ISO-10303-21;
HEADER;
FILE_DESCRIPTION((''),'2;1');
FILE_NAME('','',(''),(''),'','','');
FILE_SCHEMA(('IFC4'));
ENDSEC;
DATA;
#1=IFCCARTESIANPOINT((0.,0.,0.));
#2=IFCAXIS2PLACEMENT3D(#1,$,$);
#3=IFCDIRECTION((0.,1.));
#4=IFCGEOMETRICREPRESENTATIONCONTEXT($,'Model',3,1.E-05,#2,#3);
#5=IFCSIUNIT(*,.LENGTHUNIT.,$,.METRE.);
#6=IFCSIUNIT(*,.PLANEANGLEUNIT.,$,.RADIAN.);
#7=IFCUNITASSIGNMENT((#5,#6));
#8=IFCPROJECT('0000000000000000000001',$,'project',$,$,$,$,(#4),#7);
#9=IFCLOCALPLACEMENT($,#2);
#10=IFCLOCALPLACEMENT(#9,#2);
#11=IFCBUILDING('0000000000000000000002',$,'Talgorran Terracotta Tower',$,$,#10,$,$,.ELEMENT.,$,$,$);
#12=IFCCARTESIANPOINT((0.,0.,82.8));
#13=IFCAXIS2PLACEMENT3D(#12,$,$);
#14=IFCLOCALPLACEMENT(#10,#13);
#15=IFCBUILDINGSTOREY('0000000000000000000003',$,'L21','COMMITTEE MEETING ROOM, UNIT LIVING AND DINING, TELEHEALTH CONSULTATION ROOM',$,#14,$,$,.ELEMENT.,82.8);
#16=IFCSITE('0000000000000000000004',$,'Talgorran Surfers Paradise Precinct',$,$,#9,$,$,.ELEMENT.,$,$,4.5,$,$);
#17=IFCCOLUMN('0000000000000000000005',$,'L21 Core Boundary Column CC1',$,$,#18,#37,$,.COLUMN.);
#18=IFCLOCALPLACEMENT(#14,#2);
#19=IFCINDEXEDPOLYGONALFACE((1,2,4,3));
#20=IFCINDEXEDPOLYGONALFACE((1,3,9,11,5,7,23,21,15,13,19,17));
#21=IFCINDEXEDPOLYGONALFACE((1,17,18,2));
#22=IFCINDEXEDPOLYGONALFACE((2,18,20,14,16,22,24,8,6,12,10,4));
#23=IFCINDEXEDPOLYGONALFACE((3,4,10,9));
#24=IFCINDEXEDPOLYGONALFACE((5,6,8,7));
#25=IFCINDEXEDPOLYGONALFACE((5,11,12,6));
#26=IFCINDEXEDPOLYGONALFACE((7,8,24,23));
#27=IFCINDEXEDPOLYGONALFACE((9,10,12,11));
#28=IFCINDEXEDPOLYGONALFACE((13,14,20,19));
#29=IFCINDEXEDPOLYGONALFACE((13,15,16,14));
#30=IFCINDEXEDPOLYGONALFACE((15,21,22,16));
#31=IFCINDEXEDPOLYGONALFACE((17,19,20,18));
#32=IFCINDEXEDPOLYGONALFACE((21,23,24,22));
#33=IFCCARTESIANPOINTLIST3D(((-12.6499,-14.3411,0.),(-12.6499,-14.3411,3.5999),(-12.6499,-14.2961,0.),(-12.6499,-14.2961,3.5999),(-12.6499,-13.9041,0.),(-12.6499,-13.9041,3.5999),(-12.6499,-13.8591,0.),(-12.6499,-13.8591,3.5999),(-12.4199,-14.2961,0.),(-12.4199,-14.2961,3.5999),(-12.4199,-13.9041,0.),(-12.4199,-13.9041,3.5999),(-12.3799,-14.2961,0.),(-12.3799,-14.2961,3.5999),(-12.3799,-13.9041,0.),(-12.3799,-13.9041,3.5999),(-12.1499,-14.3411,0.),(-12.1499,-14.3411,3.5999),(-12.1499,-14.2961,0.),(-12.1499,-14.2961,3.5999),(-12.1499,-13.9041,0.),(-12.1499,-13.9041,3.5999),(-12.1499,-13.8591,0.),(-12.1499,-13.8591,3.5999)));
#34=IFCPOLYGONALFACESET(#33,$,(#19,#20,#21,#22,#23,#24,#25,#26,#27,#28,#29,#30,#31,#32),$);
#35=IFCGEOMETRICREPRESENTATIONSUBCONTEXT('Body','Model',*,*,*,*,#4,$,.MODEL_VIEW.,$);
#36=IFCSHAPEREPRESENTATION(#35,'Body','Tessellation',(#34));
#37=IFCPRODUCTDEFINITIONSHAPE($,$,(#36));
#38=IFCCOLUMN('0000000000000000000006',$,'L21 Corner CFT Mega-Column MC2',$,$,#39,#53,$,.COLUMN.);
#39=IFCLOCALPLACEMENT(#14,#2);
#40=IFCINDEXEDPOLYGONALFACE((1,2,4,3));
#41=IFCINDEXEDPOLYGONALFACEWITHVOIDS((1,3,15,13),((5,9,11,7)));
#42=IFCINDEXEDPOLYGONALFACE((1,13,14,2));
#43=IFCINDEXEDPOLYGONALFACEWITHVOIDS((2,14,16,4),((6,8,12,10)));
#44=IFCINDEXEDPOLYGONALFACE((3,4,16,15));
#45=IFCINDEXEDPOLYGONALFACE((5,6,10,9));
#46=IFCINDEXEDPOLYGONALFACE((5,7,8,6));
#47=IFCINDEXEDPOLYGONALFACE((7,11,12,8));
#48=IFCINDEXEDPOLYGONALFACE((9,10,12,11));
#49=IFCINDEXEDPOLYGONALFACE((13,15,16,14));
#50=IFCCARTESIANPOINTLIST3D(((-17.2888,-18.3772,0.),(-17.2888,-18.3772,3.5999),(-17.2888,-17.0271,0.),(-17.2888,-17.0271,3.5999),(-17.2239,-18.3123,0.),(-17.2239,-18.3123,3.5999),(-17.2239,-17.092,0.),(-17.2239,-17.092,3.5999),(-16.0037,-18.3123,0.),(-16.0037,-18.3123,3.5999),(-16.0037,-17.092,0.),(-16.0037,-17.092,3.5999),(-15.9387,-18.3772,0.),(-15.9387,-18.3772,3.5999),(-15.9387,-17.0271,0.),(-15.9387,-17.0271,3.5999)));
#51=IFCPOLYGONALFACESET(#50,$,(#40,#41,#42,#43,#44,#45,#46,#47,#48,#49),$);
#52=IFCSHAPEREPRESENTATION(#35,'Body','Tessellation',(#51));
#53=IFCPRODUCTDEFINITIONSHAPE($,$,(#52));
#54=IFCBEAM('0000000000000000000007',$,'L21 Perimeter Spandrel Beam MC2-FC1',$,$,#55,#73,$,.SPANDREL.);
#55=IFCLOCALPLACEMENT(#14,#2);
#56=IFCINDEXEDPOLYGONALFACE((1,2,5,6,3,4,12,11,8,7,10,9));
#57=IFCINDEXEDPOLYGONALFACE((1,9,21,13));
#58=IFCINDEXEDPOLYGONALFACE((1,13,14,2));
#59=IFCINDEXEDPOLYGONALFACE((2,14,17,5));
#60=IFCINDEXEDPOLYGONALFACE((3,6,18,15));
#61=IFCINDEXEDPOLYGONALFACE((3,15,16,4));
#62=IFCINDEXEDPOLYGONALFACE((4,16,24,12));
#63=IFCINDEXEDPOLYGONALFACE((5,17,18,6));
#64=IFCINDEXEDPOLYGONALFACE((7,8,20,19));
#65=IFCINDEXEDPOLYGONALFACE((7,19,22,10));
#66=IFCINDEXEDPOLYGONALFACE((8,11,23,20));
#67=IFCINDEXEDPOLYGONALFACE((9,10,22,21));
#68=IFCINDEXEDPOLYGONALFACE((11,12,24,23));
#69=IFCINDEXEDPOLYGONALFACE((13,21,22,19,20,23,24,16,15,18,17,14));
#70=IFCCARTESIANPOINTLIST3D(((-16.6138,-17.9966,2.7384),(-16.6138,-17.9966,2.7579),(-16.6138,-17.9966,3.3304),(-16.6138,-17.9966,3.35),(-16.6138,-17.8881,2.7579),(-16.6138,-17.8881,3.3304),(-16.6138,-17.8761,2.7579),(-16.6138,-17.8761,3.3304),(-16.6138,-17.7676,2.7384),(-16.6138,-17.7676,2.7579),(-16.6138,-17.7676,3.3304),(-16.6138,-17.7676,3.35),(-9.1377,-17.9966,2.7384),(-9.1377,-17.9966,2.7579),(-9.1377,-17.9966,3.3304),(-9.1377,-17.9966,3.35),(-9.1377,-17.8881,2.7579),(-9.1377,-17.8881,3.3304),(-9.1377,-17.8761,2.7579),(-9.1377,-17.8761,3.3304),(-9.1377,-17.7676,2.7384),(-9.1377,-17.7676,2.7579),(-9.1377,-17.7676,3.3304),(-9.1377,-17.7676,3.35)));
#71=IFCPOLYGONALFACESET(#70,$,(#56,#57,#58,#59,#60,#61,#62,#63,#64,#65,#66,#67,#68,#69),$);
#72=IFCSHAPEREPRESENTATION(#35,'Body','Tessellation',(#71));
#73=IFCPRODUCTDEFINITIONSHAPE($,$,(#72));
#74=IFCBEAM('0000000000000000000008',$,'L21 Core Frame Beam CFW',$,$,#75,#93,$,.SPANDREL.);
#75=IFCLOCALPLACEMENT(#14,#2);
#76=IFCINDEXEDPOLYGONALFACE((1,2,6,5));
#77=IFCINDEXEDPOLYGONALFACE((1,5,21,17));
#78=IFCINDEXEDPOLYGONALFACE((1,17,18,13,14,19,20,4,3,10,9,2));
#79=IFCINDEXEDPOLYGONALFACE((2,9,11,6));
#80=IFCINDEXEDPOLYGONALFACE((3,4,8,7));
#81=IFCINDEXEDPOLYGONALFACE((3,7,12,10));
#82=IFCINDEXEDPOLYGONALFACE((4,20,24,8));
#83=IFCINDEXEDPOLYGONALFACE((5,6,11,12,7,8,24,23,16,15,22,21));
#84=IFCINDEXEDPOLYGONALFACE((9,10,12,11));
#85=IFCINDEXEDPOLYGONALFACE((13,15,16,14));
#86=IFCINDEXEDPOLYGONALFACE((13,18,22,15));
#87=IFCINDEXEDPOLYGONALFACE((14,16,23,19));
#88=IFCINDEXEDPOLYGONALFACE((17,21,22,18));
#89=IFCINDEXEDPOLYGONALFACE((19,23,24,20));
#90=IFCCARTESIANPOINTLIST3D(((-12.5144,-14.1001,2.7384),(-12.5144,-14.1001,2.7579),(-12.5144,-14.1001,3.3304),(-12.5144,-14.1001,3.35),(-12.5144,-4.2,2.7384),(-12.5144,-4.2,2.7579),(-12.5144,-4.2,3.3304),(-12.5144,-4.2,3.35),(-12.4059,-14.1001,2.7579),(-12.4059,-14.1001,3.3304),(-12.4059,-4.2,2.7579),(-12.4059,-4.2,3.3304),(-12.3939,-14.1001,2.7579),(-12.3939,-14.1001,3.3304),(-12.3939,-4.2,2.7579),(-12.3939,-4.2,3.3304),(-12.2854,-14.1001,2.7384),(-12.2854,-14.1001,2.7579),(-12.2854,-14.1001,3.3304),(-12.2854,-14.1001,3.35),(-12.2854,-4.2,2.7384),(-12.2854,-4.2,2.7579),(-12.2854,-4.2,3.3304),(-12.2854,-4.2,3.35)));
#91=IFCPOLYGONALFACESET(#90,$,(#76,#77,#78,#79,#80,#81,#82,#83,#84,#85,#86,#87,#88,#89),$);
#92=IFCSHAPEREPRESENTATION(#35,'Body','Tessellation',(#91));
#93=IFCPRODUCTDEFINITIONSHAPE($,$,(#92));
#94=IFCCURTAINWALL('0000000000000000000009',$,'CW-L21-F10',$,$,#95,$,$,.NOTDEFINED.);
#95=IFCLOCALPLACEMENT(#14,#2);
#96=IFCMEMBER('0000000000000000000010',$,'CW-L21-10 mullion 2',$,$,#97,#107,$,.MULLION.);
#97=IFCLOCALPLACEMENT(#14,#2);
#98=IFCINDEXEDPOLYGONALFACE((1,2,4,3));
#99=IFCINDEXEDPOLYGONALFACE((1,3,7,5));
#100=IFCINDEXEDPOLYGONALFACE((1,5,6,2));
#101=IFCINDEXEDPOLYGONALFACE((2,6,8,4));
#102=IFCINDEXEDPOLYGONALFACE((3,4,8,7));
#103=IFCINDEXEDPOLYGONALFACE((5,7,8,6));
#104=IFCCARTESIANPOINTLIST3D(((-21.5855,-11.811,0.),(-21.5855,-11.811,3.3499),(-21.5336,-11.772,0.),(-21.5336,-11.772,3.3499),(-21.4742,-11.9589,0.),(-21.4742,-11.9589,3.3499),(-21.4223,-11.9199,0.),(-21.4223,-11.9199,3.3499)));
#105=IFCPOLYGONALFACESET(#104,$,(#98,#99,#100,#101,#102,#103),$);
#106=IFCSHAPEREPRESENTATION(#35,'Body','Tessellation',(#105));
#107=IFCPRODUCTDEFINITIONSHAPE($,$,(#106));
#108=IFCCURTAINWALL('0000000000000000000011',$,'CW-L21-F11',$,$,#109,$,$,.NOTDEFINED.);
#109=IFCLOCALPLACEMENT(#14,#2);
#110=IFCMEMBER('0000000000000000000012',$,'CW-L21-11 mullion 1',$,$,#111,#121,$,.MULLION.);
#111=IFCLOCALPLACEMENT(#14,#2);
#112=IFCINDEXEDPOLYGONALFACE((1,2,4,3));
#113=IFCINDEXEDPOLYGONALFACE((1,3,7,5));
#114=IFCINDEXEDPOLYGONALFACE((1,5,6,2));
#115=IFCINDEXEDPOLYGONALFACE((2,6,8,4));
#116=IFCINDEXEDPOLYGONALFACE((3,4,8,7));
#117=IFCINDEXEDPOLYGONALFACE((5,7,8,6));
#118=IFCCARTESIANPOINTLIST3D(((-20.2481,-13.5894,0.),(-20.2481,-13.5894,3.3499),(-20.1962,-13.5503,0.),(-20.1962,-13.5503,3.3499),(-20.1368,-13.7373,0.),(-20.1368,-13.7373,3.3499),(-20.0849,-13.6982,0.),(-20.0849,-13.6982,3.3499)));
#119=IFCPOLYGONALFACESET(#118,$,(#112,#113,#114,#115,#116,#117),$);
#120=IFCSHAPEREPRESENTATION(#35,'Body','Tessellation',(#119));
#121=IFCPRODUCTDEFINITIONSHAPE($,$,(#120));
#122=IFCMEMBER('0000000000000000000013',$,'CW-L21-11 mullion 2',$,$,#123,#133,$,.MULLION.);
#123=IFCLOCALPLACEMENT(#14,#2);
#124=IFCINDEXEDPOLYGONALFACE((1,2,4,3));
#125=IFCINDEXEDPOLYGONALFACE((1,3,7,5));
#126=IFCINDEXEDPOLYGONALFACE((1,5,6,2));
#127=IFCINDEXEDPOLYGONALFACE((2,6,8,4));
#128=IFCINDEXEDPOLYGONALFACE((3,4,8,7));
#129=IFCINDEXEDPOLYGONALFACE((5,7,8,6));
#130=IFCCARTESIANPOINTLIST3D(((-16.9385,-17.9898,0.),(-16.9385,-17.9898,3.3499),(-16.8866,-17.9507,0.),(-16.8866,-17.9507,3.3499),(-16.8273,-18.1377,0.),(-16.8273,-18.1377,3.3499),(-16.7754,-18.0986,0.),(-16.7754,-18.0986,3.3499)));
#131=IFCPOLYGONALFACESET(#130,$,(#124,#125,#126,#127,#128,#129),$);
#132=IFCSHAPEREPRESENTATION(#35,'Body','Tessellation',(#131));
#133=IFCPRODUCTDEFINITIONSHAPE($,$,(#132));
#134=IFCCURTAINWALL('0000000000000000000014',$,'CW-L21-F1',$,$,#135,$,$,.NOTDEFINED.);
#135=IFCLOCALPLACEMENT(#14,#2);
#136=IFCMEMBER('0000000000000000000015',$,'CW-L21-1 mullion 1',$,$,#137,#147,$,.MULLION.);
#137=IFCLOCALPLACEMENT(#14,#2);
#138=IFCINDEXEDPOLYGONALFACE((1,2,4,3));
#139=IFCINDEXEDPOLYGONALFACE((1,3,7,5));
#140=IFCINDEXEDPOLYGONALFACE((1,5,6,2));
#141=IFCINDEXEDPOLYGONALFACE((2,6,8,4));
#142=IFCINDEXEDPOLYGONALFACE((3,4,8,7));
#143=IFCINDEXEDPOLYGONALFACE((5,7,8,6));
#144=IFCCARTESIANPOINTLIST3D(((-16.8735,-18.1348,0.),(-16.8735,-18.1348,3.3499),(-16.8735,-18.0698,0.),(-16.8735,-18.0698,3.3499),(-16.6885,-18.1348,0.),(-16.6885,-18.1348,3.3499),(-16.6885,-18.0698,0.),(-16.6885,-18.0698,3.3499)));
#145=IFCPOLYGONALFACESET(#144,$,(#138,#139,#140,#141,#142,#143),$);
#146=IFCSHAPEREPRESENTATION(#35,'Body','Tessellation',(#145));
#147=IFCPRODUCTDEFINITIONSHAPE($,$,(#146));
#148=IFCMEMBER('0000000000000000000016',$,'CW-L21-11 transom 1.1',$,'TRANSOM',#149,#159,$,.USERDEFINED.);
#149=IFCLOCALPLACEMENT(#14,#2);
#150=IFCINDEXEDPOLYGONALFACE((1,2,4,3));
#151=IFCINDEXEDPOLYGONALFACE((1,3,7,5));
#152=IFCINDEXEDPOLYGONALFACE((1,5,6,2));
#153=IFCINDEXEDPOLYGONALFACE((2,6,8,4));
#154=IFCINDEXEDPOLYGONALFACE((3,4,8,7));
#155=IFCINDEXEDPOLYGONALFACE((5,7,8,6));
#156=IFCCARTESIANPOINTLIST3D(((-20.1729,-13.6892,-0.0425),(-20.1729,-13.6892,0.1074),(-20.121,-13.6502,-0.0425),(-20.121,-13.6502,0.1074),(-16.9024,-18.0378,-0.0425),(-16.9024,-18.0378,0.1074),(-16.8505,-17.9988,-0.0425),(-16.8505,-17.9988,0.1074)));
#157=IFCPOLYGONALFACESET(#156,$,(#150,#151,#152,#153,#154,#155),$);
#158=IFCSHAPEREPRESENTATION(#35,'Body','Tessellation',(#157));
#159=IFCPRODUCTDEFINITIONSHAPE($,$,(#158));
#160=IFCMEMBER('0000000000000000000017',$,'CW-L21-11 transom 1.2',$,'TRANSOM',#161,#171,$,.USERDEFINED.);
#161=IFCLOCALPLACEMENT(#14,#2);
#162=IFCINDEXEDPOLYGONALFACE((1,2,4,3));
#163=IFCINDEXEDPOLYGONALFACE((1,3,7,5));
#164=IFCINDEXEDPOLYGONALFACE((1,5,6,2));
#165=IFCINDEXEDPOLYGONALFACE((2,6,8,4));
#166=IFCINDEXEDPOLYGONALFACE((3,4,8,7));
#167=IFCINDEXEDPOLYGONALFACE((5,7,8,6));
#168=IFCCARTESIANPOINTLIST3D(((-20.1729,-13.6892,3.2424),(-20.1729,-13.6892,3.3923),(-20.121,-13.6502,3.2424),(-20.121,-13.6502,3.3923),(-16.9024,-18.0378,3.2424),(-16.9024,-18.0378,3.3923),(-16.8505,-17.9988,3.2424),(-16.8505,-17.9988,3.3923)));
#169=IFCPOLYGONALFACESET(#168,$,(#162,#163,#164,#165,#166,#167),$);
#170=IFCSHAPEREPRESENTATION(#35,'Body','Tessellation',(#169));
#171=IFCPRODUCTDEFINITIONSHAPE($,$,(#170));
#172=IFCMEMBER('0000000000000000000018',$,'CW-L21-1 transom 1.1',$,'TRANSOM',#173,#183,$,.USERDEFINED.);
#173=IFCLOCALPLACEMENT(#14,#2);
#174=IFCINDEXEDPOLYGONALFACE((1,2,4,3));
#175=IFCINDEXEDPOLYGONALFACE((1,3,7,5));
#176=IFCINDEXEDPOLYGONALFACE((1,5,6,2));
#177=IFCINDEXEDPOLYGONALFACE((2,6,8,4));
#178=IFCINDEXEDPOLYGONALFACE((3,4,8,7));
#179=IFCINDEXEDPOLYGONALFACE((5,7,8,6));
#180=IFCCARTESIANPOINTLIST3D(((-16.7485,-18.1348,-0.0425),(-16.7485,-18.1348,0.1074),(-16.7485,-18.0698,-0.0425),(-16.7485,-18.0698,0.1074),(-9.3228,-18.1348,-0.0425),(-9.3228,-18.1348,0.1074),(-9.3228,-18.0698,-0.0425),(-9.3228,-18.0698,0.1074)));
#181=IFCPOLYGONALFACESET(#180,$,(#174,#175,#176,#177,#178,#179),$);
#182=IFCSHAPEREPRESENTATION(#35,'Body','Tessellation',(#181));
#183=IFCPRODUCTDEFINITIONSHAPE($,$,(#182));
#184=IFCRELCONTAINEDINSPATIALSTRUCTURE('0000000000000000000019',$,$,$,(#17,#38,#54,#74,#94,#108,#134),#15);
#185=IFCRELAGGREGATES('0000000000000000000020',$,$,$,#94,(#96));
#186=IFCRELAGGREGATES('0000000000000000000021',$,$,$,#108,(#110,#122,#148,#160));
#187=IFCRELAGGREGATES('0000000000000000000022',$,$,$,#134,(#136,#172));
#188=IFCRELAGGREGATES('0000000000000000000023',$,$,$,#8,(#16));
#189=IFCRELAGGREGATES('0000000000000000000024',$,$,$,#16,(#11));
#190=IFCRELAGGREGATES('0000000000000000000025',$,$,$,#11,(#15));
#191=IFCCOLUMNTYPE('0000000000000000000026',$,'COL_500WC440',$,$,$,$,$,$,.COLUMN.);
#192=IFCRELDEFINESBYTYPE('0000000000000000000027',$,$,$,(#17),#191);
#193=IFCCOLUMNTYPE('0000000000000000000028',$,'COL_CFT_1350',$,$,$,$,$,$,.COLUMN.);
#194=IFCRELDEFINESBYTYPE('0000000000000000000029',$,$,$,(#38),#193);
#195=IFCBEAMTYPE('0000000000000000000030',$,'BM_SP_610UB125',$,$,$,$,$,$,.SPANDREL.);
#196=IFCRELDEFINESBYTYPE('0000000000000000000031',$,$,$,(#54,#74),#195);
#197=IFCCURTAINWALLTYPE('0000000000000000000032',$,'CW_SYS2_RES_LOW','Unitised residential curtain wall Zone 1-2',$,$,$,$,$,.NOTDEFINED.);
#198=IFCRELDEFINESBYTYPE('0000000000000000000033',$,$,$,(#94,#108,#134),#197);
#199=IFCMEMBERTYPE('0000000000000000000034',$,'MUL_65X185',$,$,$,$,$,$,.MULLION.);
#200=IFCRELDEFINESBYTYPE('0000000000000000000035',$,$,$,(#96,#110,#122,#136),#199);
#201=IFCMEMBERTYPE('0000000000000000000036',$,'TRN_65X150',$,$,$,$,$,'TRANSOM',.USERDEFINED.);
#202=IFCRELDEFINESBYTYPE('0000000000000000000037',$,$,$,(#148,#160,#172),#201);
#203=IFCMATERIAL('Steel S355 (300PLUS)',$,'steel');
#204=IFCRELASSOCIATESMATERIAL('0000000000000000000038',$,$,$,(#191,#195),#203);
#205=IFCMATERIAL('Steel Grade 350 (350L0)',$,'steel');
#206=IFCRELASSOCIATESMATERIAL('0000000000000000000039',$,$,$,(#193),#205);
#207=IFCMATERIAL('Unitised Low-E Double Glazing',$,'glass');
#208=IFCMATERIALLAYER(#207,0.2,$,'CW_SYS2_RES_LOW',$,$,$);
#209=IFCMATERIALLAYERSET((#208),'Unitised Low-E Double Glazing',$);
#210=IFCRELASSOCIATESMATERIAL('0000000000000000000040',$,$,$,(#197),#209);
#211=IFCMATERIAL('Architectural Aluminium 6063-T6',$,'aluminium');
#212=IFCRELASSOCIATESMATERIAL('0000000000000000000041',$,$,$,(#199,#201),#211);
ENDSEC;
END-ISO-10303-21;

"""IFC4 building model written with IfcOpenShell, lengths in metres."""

from ifc_helpers import new_model, si_unit, direction, frame, origin, origin_2d, place, context, subcontext, project, spatial, rectangle, hollow_rectangle, i_section, extrude, material, layer, layer_set, material_profile, profile_set, type_object, element, aggregate, save


model = new_model("IFC4")

# Units and contexts
model_context = context("Model", 3, precision=1e-05, world=origin(), true_north=direction((0.0, 1.0)))
body_context = subcontext(model_context, "Body", "Model", "MODEL_VIEW")
ifc_project = project(units=[si_unit("LENGTHUNIT", "METRE"), si_unit("PLANEANGLEUNIT", "RADIAN")], contexts=[model_context])

# Site, building, storey
site_placement = place(None, origin())
site = spatial("IfcSite", under=ifc_project, at=site_placement, Name="Talgorran Surfers Paradise Precinct", CompositionType="ELEMENT", RefElevation=4.5)
building_placement = place(site_placement, origin())
building = spatial("IfcBuilding", under=site, at=building_placement, Name="Talgorran Terracotta Tower", CompositionType="ELEMENT")
storey_placement = place(building_placement, frame((0.0, 0.0, 82.8)))
storey = spatial("IfcBuildingStorey", under=building, at=storey_placement, Name="L21", Description="COMMITTEE MEETING ROOM, UNIT LIVING AND DINING, TELEHEALTH CONSULTATION ROOM", CompositionType="ELEMENT", Elevation=82.8)

# Columns
ifc_material_1 = material(Name="Steel S355 (300PLUS)", Category="steel")
ifc_material_profile_1 = material_profile(ifc_material_1, i_section(OverallWidth=0.5, OverallDepth=0.4819, WebThickness=0.04, FlangeThickness=0.0449, at=origin_2d()), Name="500WC440")
ifc_profile_set_1 = profile_set([ifc_material_profile_1], Name="Steel S355 (300PLUS)")
column_type_1 = type_object("IfcColumnType", Name="COL_500WC440", PredefinedType="COLUMN", material=ifc_profile_set_1)
column_1_placement = place(storey_placement, frame((-12.3999, -14.1001, 0.0), z_axis=(0.0, 0.0, 1.0), x_axis=(1.0, 0.0, 0.0)))
element("IfcColumn", 1, at=column_1_placement, inside=storey, type_object=column_type_1, Name="L21 Core Boundary Column CC1", PredefinedType="COLUMN", context=body_context, shape_type="SweptSolid", body=[
    extrude(i_section(OverallWidth=0.5, OverallDepth=0.4819, WebThickness=0.04, FlangeThickness=0.0449, at=origin_2d()), origin(), (0.0, 0.0, 1.0), 3.5999),
])
ifc_material_2 = material(Name="Steel Grade 350 (350L0)", Category="steel")
ifc_material_profile_2 = material_profile(ifc_material_2, hollow_rectangle(XDim=1.3501, YDim=1.3501, WallThickness=0.0649, at=origin_2d()), Name="CFT1350X1350X65")
ifc_profile_set_2 = profile_set([ifc_material_profile_2], Name="Steel Grade 350 (350L0)")
column_type_2 = type_object("IfcColumnType", Name="COL_CFT_1350", PredefinedType="COLUMN", material=ifc_profile_set_2)
column_2_placement = place(storey_placement, frame((-16.6138, -17.7021, 0.0), z_axis=(0.0, 0.0, 1.0), x_axis=(1.0, 0.0, 0.0)))
element("IfcColumn", 2, at=column_2_placement, inside=storey, type_object=column_type_2, Name="L21 Corner CFT Mega-Column MC2", PredefinedType="COLUMN", context=body_context, shape_type="SweptSolid", body=[
    extrude(hollow_rectangle(XDim=1.3501, YDim=1.3501, WallThickness=0.0649, at=origin_2d()), origin(), (0.0, 0.0, 1.0), 3.5999),
])

# Beams
ifc_material_profile_3 = material_profile(ifc_material_1, i_section(OverallWidth=0.229, OverallDepth=0.6116, WebThickness=0.012, FlangeThickness=0.0195, at=origin_2d()), Name="610UB125")
ifc_profile_set_3 = profile_set([ifc_material_profile_3], Name="Steel S355 (300PLUS)")
beam_type = type_object("IfcBeamType", Name="BM_SP_610UB125", PredefinedType="SPANDREL", material=ifc_profile_set_3)
beam_1_placement = place(storey_placement, frame((-16.6138, -17.8821, 3.0442), z_axis=(1.0, 0.0, 0.0), x_axis=(0.0, 1.0, 0.0)))
element("IfcBeam", 3, at=beam_1_placement, inside=storey, type_object=beam_type, Name="L21 Perimeter Spandrel Beam MC2-FC1", PredefinedType="SPANDREL", context=body_context, shape_type="SweptSolid", body=[
    extrude(i_section(OverallWidth=0.229, OverallDepth=0.6116, WebThickness=0.012, FlangeThickness=0.0195, at=origin_2d()), origin(), (0.0, 0.0, 1.0), 7.4761),
])
beam_2_placement = place(storey_placement, frame((-12.3999, -14.1001, 3.0442), z_axis=(0.0, 1.0, 0.0), x_axis=(-1.0, 0.0, 0.0)))
element("IfcBeam", 4, at=beam_2_placement, inside=storey, type_object=beam_type, Name="L21 Core Frame Beam CFW", PredefinedType="SPANDREL", context=body_context, shape_type="SweptSolid", body=[
    extrude(i_section(OverallWidth=0.229, OverallDepth=0.6116, WebThickness=0.012, FlangeThickness=0.0195, at=origin_2d()), origin(), (0.0, 0.0, 1.0), 9.9001),
])

# Curtain wall, member
ifc_material_3 = material(Name="Unitised Low-E Double Glazing", Category="glass")
ifc_layer_1 = layer(ifc_material_3, 0.2, Name="CW_SYS2_RES_LOW")
ifc_layer_set_1 = layer_set([ifc_layer_1], Name="Unitised Low-E Double Glazing")
curtain_wall_type = type_object("IfcCurtainWallType", Name="CW_SYS2_RES_LOW", Description="Unitised residential curtain wall Zone 1-2", PredefinedType="NOTDEFINED", material=ifc_layer_set_1)
curtain_wall_1_placement = place(storey_placement, origin())
curtain_wall_1 = element("IfcCurtainWall", 5, at=curtain_wall_1_placement, inside=storey, type_object=curtain_wall_type, Name="CW-L21-F10", PredefinedType="NOTDEFINED")
ifc_material_4 = material(Name="Architectural Aluminium 6063-T6", Category="aluminium")
ifc_material_profile_4 = material_profile(ifc_material_4, rectangle(XDim=0.0649, YDim=0.1851, at=origin_2d()), Name="CWM65X185")
ifc_profile_set_4 = profile_set([ifc_material_profile_4], Name="Architectural Aluminium 6063-T6")
member_type_1 = type_object("IfcMemberType", Name="MUL_65X185", PredefinedType="MULLION", material=ifc_profile_set_4)
member_1_placement = place(storey_placement, frame((-21.5039, -11.8655, 0.0), z_axis=(0.0, 0.0, 1.0), x_axis=(0.7992, 0.601065, 0.0)))
member_1 = element("IfcMember", 6, at=member_1_placement, type_object=member_type_1, Name="CW-L21-10 mullion 2", PredefinedType="MULLION", context=body_context, shape_type="SweptSolid", body=[
    extrude(rectangle(XDim=0.0649, YDim=0.1851, at=origin_2d()), origin(), (0.0, 0.0, 1.0), 3.3499),
])
aggregate(curtain_wall_1, [member_1])

# Curtain wall, members
curtain_wall_2_placement = place(storey_placement, origin())
curtain_wall_2 = element("IfcCurtainWall", 7, at=curtain_wall_2_placement, inside=storey, type_object=curtain_wall_type, Name="CW-L21-F11", PredefinedType="NOTDEFINED")
member_2_placement = place(storey_placement, frame((-20.1665, -13.6438, 0.0), z_axis=(0.0, 0.0, 1.0), x_axis=(0.799207, 0.601056, 0.0)))
member_2 = element("IfcMember", 8, at=member_2_placement, type_object=member_type_1, Name="CW-L21-11 mullion 1", PredefinedType="MULLION", context=body_context, shape_type="SweptSolid", body=[
    extrude(rectangle(XDim=0.0649, YDim=0.1851, at=origin_2d()), origin(), (0.0, 0.0, 1.0), 3.3499),
])
member_3_placement = place(storey_placement, frame((-16.8569, -18.0442, 0.0), z_axis=(0.0, 0.0, 1.0), x_axis=(0.799207, 0.601056, 0.0)))
member_3 = element("IfcMember", 9, at=member_3_placement, type_object=member_type_1, Name="CW-L21-11 mullion 2", PredefinedType="MULLION", context=body_context, shape_type="SweptSolid", body=[
    extrude(rectangle(XDim=0.0649, YDim=0.1851, at=origin_2d()), origin(), (0.0, 0.0, 1.0), 3.3499),
])

# Curtain wall, member
curtain_wall_3_placement = place(storey_placement, origin())
curtain_wall_3 = element("IfcCurtainWall", 10, at=curtain_wall_3_placement, inside=storey, type_object=curtain_wall_type, Name="CW-L21-F1", PredefinedType="NOTDEFINED")
member_4_placement = place(storey_placement, frame((-16.781, -18.1023, 0.0), z_axis=(0.0, 0.0, 1.0), x_axis=(0.0, 1.0, 0.0)))
member_4 = element("IfcMember", 11, at=member_4_placement, type_object=member_type_1, Name="CW-L21-1 mullion 1", PredefinedType="MULLION", context=body_context, shape_type="SweptSolid", body=[
    extrude(rectangle(XDim=0.0649, YDim=0.1851, at=origin_2d()), origin(), (0.0, 0.0, 1.0), 3.3499),
])

# Members
ifc_material_profile_5 = material_profile(ifc_material_4, rectangle(XDim=0.0649, YDim=0.1499, at=origin_2d()), Name="CWT65X150")
ifc_profile_set_5 = profile_set([ifc_material_profile_5], Name="Architectural Aluminium 6063-T6")
member_type_2 = type_object("IfcMemberType", Name="TRN_65X150", ElementType="TRANSOM", PredefinedType="USERDEFINED", material=ifc_profile_set_5)
member_5_placement = place(storey_placement, frame((-20.147, -13.6697, 0.0325), z_axis=(0.601062, -0.799202, 0.0), x_axis=(0.799202, 0.601062, 0.0)))
member_5 = element("IfcMember", 12, at=member_5_placement, type_object=member_type_2, Name="CW-L21-11 transom 1.1", ObjectType="TRANSOM", PredefinedType="USERDEFINED", context=body_context, shape_type="SweptSolid", body=[
    extrude(rectangle(XDim=0.0649, YDim=0.1499, at=origin_2d()), origin(), (0.0, 0.0, 1.0), 5.4412),
])
member_6_placement = place(storey_placement, frame((-20.147, -13.6697, 3.3174), z_axis=(0.601062, -0.799202, 0.0), x_axis=(0.799202, 0.601062, 0.0)))
member_6 = element("IfcMember", 13, at=member_6_placement, type_object=member_type_2, Name="CW-L21-11 transom 1.2", ObjectType="TRANSOM", PredefinedType="USERDEFINED", context=body_context, shape_type="SweptSolid", body=[
    extrude(rectangle(XDim=0.0649, YDim=0.1499, at=origin_2d()), origin(), (0.0, 0.0, 1.0), 5.4412),
])
member_7_placement = place(storey_placement, frame((-16.7485, -18.1023, 0.0325), z_axis=(1.0, 0.0, 0.0), x_axis=(0.0, 1.0, 0.0)))
member_7 = element("IfcMember", 14, at=member_7_placement, type_object=member_type_2, Name="CW-L21-1 transom 1.1", ObjectType="TRANSOM", PredefinedType="USERDEFINED", context=body_context, shape_type="SweptSolid", body=[
    extrude(rectangle(XDim=0.0649, YDim=0.1499, at=origin_2d()), origin(), (0.0, 0.0, 1.0), 7.4258),
])

aggregate(curtain_wall_2, [member_2, member_3, member_5, member_6])
aggregate(curtain_wall_3, [member_4, member_7])

save(model, "model.ifc")
